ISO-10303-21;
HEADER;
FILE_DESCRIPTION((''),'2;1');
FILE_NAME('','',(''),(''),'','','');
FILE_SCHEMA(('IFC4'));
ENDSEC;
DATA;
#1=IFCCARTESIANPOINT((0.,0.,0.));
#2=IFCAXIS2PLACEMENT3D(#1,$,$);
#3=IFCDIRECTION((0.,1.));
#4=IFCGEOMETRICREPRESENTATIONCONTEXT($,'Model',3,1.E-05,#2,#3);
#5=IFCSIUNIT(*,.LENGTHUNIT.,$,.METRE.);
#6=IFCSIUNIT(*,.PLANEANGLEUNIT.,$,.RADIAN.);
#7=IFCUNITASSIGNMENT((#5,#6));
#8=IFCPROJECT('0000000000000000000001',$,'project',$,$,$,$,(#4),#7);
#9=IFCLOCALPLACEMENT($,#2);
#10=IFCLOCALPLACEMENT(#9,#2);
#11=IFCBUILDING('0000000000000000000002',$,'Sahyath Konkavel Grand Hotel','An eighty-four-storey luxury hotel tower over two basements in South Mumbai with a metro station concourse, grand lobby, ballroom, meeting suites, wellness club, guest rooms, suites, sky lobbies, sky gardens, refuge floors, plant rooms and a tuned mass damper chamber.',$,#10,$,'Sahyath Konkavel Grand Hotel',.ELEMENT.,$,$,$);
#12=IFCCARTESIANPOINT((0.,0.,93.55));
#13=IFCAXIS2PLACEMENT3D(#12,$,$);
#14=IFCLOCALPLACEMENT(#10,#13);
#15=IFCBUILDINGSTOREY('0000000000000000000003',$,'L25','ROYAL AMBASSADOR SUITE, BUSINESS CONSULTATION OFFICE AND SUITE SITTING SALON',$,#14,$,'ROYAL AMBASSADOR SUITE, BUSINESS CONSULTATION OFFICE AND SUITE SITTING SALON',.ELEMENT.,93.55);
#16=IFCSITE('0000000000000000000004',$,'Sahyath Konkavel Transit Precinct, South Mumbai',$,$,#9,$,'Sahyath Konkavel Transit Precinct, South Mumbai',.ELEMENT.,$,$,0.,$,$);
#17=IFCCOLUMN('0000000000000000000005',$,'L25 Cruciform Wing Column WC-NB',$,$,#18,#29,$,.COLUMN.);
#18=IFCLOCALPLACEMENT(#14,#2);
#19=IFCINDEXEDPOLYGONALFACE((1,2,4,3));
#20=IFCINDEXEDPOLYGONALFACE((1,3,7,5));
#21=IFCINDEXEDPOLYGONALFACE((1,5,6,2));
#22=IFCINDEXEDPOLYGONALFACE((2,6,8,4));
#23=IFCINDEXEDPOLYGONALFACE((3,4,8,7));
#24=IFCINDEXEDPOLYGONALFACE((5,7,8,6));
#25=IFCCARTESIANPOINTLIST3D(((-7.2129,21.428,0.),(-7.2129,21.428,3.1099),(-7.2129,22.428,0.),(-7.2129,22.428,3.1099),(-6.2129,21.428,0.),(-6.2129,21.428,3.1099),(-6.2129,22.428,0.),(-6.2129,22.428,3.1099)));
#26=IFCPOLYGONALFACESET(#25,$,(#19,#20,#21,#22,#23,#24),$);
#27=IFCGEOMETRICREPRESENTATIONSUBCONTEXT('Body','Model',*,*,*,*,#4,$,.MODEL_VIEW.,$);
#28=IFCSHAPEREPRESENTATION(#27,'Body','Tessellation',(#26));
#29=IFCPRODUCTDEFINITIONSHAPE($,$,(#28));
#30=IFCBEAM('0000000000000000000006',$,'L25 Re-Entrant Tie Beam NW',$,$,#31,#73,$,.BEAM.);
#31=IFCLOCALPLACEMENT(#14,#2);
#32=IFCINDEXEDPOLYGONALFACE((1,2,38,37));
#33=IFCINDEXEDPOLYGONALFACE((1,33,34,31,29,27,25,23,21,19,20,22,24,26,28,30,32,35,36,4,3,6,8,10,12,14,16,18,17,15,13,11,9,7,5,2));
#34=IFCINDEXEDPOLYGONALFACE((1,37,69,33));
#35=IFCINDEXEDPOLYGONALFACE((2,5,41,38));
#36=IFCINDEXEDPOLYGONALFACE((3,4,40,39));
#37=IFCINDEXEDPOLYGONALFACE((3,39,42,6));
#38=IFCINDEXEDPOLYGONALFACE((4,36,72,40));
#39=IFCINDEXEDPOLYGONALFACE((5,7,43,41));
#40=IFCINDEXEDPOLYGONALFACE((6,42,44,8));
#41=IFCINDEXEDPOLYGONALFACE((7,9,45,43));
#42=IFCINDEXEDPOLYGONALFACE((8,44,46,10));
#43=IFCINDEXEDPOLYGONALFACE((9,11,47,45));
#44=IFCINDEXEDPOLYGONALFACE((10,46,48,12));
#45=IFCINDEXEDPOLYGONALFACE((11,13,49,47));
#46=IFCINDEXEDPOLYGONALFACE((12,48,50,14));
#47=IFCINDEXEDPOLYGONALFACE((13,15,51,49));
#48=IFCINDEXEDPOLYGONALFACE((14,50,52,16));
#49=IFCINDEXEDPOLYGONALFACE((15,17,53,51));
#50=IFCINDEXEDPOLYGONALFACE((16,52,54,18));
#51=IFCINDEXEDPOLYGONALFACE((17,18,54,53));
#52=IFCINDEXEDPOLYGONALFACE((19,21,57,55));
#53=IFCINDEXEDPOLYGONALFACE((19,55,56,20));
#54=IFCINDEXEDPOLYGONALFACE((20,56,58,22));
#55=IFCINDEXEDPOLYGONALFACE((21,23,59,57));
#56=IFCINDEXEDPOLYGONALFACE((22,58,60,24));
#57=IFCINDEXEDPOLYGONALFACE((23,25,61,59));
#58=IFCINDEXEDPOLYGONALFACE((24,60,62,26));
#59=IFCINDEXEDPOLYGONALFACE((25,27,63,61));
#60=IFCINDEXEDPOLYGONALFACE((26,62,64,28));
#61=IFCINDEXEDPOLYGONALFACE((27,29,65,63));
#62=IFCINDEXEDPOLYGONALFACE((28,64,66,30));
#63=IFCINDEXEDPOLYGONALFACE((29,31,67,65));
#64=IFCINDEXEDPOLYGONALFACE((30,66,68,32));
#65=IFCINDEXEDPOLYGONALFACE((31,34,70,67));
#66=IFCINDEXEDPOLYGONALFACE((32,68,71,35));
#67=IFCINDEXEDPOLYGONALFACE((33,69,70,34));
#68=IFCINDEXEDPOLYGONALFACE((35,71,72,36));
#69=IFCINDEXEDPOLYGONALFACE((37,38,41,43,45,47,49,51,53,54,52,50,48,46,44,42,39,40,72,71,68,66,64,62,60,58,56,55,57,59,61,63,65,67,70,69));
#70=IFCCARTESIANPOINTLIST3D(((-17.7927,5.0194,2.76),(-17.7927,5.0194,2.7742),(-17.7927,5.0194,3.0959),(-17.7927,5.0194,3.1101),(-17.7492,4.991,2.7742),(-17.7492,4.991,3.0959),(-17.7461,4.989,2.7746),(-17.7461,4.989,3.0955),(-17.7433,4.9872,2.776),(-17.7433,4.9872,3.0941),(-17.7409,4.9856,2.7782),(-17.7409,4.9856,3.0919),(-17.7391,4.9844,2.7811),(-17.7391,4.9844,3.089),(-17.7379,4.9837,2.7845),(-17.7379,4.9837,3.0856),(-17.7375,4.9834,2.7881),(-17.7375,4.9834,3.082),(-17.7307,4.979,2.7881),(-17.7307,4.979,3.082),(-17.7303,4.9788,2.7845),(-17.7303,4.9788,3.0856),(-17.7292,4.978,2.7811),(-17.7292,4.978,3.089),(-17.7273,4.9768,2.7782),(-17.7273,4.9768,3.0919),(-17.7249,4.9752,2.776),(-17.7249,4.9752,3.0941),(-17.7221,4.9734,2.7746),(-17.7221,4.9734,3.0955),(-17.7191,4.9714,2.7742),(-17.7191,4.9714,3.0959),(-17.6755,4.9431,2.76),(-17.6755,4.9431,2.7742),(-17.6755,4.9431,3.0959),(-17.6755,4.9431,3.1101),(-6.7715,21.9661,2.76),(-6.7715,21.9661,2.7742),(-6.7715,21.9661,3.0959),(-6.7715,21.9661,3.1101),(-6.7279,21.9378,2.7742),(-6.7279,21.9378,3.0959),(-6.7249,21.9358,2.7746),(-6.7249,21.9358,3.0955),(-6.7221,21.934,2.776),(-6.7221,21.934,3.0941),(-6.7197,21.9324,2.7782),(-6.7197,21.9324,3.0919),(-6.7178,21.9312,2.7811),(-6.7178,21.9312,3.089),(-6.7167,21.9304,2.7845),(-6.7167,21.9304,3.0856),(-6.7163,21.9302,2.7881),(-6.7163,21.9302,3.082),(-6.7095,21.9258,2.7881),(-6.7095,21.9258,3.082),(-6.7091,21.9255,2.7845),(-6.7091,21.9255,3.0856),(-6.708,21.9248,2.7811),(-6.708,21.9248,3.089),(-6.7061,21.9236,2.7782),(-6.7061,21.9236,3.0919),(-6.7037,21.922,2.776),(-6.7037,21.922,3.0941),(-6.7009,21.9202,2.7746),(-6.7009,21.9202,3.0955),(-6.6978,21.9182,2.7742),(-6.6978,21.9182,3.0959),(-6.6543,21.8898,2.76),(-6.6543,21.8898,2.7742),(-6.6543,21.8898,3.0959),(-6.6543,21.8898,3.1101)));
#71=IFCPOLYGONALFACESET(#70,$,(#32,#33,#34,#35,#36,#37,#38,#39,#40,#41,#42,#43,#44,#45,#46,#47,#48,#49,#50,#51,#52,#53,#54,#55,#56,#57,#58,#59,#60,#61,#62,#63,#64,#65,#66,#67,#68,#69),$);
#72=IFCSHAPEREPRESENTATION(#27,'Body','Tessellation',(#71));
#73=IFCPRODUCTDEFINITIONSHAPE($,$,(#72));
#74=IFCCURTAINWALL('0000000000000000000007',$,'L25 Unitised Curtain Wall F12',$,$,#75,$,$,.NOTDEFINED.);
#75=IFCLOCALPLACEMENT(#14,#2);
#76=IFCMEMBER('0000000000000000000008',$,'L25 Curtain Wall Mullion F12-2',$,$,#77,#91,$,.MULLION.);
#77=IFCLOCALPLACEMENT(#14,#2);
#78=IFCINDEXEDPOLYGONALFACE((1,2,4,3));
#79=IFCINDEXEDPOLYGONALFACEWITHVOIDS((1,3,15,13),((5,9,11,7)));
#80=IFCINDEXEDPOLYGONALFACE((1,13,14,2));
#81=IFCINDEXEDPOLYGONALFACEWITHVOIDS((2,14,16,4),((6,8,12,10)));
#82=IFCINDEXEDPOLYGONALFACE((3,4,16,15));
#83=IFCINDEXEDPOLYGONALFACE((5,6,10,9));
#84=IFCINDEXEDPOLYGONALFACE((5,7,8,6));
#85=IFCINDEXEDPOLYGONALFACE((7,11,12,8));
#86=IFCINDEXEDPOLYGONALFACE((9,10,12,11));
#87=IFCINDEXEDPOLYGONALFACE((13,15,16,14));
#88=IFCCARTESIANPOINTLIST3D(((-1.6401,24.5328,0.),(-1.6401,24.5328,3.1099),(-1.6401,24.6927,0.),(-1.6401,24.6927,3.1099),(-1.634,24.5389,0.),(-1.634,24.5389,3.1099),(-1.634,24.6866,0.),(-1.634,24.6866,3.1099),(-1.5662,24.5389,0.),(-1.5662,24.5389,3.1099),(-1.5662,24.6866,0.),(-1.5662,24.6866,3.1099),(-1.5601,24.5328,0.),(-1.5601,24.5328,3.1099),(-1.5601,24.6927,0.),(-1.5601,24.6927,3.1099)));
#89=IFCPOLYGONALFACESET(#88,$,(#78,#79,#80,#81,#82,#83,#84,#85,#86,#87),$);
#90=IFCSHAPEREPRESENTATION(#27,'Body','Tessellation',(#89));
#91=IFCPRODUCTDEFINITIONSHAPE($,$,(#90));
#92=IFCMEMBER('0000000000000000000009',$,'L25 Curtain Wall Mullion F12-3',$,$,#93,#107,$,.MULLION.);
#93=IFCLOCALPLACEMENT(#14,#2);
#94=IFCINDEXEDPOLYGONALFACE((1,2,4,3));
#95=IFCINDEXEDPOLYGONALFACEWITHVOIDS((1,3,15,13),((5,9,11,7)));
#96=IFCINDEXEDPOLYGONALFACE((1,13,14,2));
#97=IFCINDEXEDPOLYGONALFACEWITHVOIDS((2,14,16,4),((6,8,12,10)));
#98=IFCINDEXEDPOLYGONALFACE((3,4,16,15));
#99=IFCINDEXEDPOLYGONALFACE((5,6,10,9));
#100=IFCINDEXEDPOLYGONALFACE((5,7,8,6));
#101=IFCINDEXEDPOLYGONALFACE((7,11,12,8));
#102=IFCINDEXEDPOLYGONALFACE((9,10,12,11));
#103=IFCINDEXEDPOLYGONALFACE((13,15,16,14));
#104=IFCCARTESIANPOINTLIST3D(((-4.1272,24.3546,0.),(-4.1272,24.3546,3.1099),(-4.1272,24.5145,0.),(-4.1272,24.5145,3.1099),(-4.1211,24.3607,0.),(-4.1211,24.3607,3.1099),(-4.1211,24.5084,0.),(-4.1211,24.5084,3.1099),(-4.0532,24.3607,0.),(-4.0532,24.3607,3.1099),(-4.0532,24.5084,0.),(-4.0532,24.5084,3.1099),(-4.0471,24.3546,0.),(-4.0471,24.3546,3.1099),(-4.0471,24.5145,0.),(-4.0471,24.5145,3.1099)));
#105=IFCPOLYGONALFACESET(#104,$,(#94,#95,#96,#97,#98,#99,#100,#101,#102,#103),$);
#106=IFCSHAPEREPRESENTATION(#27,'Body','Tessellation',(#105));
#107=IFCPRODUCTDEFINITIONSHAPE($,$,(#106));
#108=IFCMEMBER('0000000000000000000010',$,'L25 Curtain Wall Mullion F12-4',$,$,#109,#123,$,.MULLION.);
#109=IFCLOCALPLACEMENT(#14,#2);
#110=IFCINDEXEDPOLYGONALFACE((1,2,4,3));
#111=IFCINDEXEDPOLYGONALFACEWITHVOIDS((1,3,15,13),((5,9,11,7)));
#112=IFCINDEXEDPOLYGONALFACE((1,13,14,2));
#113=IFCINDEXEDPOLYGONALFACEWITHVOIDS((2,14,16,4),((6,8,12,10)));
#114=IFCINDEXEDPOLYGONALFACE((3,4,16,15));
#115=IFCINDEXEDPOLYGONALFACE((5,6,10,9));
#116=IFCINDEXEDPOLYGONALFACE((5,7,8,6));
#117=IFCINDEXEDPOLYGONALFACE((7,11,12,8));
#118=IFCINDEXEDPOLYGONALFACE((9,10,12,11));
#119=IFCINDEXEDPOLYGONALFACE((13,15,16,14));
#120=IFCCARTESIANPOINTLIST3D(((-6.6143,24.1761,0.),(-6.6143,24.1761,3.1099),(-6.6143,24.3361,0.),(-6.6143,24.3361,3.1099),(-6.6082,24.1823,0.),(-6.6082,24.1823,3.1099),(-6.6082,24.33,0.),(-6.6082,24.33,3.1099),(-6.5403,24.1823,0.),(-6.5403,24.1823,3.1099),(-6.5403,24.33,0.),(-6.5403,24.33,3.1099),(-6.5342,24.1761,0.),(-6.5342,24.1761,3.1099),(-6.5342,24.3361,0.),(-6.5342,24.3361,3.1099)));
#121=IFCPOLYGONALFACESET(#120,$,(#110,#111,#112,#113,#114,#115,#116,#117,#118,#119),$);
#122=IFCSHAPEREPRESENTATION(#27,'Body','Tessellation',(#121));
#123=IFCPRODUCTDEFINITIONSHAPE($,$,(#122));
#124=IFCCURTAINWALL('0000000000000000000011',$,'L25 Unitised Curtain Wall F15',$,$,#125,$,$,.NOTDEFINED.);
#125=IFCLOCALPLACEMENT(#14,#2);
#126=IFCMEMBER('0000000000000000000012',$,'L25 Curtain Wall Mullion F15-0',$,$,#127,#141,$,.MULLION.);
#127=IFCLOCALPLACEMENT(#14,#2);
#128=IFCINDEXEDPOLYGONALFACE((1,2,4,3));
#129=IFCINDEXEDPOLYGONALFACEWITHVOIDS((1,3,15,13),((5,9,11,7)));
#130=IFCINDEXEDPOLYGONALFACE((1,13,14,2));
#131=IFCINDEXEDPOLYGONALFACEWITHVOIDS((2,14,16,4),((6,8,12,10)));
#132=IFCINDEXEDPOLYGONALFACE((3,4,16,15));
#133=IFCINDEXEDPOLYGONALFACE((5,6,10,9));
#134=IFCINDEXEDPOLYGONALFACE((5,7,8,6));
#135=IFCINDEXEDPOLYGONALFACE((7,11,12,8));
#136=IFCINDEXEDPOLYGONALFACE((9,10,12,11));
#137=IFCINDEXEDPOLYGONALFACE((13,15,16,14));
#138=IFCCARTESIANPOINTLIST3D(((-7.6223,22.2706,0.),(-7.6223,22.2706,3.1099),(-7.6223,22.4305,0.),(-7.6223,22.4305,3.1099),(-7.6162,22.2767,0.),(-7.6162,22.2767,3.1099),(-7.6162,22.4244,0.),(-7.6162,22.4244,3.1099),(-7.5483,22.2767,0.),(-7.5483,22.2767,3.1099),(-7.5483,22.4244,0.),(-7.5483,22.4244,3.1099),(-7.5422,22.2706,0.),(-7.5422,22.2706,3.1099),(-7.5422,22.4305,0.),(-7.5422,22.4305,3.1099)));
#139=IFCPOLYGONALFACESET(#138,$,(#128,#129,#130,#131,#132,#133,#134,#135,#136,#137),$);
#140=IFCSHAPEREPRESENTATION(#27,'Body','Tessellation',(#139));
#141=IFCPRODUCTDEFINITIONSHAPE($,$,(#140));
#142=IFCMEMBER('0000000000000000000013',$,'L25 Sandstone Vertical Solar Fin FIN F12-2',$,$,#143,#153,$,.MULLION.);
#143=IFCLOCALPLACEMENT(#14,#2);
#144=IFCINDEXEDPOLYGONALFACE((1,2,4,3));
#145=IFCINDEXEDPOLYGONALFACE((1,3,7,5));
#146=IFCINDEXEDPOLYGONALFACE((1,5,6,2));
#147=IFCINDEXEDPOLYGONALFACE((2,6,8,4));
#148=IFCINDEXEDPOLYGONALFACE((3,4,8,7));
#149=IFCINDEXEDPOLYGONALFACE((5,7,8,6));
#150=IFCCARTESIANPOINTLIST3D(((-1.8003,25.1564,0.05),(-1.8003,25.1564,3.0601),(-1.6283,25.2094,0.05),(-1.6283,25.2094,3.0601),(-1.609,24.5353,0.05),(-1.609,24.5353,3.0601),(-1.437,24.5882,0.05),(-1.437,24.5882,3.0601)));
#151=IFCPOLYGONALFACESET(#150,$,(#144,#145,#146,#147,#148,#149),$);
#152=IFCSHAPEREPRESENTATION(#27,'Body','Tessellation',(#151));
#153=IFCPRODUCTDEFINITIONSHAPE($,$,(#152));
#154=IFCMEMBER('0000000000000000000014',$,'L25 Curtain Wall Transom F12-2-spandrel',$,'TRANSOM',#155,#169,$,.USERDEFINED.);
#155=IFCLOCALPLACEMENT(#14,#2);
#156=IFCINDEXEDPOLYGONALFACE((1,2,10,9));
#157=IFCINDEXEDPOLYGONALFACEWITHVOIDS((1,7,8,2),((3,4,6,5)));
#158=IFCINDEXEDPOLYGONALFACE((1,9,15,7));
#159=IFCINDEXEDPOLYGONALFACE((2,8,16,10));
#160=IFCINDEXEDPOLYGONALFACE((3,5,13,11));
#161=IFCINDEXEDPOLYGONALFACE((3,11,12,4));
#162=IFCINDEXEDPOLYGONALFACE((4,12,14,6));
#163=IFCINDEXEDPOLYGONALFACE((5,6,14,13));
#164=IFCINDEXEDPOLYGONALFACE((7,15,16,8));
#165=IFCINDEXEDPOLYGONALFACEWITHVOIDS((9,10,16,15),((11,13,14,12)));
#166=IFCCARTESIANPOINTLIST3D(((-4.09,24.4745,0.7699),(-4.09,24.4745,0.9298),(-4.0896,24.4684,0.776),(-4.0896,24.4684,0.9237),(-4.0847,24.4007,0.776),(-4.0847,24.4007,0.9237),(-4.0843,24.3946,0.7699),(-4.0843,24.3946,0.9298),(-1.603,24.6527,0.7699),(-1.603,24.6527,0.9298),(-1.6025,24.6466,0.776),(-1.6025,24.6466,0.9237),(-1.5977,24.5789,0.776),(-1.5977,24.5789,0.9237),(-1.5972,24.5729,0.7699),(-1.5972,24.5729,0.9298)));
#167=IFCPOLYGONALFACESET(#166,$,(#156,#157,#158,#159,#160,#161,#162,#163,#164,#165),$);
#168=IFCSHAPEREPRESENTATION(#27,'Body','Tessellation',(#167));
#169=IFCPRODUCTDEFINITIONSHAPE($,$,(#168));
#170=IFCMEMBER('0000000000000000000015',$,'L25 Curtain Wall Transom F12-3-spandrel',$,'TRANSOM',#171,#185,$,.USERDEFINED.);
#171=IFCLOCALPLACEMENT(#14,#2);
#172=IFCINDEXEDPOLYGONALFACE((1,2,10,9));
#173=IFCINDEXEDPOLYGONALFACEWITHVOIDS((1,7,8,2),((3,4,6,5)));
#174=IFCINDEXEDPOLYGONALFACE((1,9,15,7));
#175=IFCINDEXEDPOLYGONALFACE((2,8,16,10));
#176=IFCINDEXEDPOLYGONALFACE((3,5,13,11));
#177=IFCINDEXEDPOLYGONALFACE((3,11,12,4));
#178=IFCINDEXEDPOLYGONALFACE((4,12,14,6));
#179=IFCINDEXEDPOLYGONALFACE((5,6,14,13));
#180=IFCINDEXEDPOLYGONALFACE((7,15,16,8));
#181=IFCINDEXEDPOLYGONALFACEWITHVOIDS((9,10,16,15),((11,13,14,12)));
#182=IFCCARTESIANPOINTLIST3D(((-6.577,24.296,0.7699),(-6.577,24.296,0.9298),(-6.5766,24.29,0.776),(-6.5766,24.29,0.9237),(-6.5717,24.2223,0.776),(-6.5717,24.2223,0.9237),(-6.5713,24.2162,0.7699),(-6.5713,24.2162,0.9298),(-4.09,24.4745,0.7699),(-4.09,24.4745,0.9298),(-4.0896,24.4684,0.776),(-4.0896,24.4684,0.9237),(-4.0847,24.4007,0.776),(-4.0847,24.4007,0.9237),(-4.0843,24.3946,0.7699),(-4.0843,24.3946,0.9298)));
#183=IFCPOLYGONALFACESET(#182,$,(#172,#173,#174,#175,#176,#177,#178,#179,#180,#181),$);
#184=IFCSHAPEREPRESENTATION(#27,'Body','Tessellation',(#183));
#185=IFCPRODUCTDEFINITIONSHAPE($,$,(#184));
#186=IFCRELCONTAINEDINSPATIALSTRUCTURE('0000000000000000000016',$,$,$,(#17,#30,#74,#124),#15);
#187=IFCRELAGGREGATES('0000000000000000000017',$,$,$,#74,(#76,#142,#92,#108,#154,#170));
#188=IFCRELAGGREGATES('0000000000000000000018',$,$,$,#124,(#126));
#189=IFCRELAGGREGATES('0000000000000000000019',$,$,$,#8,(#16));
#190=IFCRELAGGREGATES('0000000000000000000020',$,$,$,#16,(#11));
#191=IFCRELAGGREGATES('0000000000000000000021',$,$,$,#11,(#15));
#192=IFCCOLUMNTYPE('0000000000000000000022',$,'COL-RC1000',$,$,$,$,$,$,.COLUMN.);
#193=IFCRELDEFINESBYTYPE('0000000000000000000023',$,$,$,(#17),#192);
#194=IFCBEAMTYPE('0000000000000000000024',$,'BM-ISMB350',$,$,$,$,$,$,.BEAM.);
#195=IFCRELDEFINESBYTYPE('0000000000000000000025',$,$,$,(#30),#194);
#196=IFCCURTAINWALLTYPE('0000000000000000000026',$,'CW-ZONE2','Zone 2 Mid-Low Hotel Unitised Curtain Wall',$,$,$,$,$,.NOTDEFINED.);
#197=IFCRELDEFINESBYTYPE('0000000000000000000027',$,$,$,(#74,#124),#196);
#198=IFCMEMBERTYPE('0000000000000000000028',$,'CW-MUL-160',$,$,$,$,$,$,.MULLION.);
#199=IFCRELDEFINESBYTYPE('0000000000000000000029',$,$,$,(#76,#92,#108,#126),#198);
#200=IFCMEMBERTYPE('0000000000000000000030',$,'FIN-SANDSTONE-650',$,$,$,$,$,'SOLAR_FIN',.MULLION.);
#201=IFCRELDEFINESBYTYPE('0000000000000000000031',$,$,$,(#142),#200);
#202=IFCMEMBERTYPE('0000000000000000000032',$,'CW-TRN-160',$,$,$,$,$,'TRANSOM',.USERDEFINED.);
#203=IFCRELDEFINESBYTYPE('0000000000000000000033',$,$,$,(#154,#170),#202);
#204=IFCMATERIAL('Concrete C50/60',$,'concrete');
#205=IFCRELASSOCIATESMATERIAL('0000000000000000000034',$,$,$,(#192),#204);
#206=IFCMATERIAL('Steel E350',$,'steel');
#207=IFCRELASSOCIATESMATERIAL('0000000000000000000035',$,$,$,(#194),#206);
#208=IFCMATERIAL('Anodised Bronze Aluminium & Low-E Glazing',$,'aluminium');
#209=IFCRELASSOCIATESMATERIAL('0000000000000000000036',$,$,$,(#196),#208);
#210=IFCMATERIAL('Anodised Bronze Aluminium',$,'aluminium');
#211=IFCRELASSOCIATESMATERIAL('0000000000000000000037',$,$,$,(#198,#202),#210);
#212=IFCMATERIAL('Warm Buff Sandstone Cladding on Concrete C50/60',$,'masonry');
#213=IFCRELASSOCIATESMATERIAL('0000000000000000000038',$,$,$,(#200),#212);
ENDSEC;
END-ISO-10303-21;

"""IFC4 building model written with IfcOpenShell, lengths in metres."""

from ifc_helpers import new_model, si_unit, direction, frame, origin, origin_2d, place, context, subcontext, project, spatial, rectangle, hollow_rectangle, i_section, extrude, source, transform, mapped, material, material_profile, profile_set, type_object, element, aggregate, save


model = new_model("IFC4")

# Units and contexts
model_context = context("Model", 3, precision=1e-05, world=origin(), true_north=direction((0.0, 1.0)))
body_context = subcontext(model_context, "Body", "Model", "MODEL_VIEW")
ifc_project = project(units=[si_unit("LENGTHUNIT", "METRE"), si_unit("PLANEANGLEUNIT", "RADIAN")], contexts=[model_context])

# Site, building, storey
site_placement = place(None, origin())
site = spatial("IfcSite", under=ifc_project, at=site_placement, Name="Sahyath Konkavel Transit Precinct, South Mumbai", LongName="Sahyath Konkavel Transit Precinct, South Mumbai", CompositionType="ELEMENT", RefElevation=0.0)
building_placement = place(site_placement, origin())
building = spatial("IfcBuilding", under=site, at=building_placement, Name="Sahyath Konkavel Grand Hotel", Description="An eighty-four-storey luxury hotel tower over two basements in South Mumbai with a metro station concourse, grand lobby, ballroom, meeting suites, wellness club, guest rooms, suites, sky lobbies, sky gardens, refuge floors, plant rooms and a tuned mass damper chamber.", LongName="Sahyath Konkavel Grand Hotel", CompositionType="ELEMENT")
storey_placement = place(building_placement, frame((0.0, 0.0, 93.55)))
storey = spatial("IfcBuildingStorey", under=building, at=storey_placement, Name="L25", Description="ROYAL AMBASSADOR SUITE, BUSINESS CONSULTATION OFFICE AND SUITE SITTING SALON", LongName="ROYAL AMBASSADOR SUITE, BUSINESS CONSULTATION OFFICE AND SUITE SITTING SALON", CompositionType="ELEMENT", Elevation=93.55)

# Column
ifc_material_1 = material(Name="Concrete C50/60", Category="concrete")
ifc_material_profile_1 = material_profile(ifc_material_1, rectangle(XDim=1.0, YDim=1.0, at=origin_2d()), Name="RC 1000x1000")
ifc_profile_set_1 = profile_set([ifc_material_profile_1], Name="Concrete C50/60")
column_type = type_object("IfcColumnType", Name="COL-RC1000", PredefinedType="COLUMN", material=ifc_profile_set_1)
shared_shape_1 = source(origin(), body_context, "Body", "SweptSolid", [
    extrude(rectangle(XDim=1.0, YDim=1.0, at=origin_2d()), origin(), (0.0, 0.0, 1.0), 3.1099),
])
column_placement = place(storey_placement, frame((-6.7129, 21.928, 0.0), z_axis=(0.0, 0.0, 1.0), x_axis=(1.0, 0.0, 0.0)))
element("IfcColumn", 1, at=column_placement, inside=storey, type_object=column_type, Name="L25 Cruciform Wing Column WC-NB", PredefinedType="COLUMN", context=body_context, shape_type="MappedRepresentation", body=[
    mapped(shared_shape_1, transform((0.0, 0.0, 0.0), scale=1.0)),
])

# Beam
ifc_material_2 = material(Name="Steel E350", Category="steel")
ifc_material_profile_2 = material_profile(ifc_material_2, i_section(OverallWidth=0.1399, OverallDepth=0.3501, WebThickness=0.0081, FlangeThickness=0.0142, FilletRadius=0.0139, at=origin_2d()), Name="ISMB 350")
ifc_profile_set_2 = profile_set([ifc_material_profile_2], Name="Steel E350")
beam_type = type_object("IfcBeamType", Name="BM-ISMB350", PredefinedType="BEAM", material=ifc_profile_set_2)
shared_shape_2 = source(origin(), body_context, "Body", "SweptSolid", [
    extrude(i_section(OverallWidth=0.1399, OverallDepth=0.3501, WebThickness=0.0081, FlangeThickness=0.0142, FilletRadius=0.0139, at=origin_2d()), origin(), (0.0, 0.0, 1.0), 20.2153),
])
beam_placement = place(storey_placement, frame((-6.7129, 21.928, 2.9351), z_axis=(-0.545191, -0.838312, 0.0), x_axis=(0.838312, -0.545191, 0.0)))
element("IfcBeam", 2, at=beam_placement, inside=storey, type_object=beam_type, Name="L25 Re-Entrant Tie Beam NW", PredefinedType="BEAM", context=body_context, shape_type="MappedRepresentation", body=[
    mapped(shared_shape_2, transform((0.0, 0.0, 0.0), scale=1.0)),
])

# Curtain wall, members
ifc_material_3 = material(Name="Anodised Bronze Aluminium & Low-E Glazing", Category="aluminium")
curtain_wall_type = type_object("IfcCurtainWallType", Name="CW-ZONE2", Description="Zone 2 Mid-Low Hotel Unitised Curtain Wall", PredefinedType="NOTDEFINED", material=ifc_material_3)
curtain_wall_1_placement = place(storey_placement, origin())
curtain_wall_1 = element("IfcCurtainWall", 3, at=curtain_wall_1_placement, inside=storey, type_object=curtain_wall_type, Name="L25 Unitised Curtain Wall F12", PredefinedType="NOTDEFINED")
ifc_material_4 = material(Name="Anodised Bronze Aluminium", Category="aluminium")
ifc_material_profile_3 = material_profile(ifc_material_4, hollow_rectangle(XDim=0.0801, YDim=0.1599, WallThickness=0.0061, at=origin_2d()), Name="RHS 160x80x6")
ifc_profile_set_3 = profile_set([ifc_material_profile_3], Name="Anodised Bronze Aluminium")
member_type_1 = type_object("IfcMemberType", Name="CW-MUL-160", PredefinedType="MULLION", material=ifc_profile_set_3)
shared_shape_3 = source(origin(), body_context, "Body", "SweptSolid", [
    extrude(hollow_rectangle(XDim=0.0801, YDim=0.1599, WallThickness=0.0061, at=origin_2d()), origin(), (0.0, 0.0, 1.0), 3.1099),
])
member_1_placement = place(storey_placement, frame((-1.6001, 24.6128, 0.0), z_axis=(0.0, 0.0, 1.0), x_axis=(1.0, 0.0, 0.0)))
member_1 = element("IfcMember", 4, at=member_1_placement, type_object=member_type_1, Name="L25 Curtain Wall Mullion F12-2", PredefinedType="MULLION", context=body_context, shape_type="MappedRepresentation", body=[
    mapped(shared_shape_3, transform((0.0, 0.0, 0.0), scale=1.0)),
])
member_2_placement = place(storey_placement, frame((-4.0872, 24.4346, 0.0), z_axis=(0.0, 0.0, 1.0), x_axis=(1.0, 0.0, 0.0)))
member_2 = element("IfcMember", 5, at=member_2_placement, type_object=member_type_1, Name="L25 Curtain Wall Mullion F12-3", PredefinedType="MULLION", context=body_context, shape_type="MappedRepresentation", body=[
    mapped(shared_shape_3, transform((0.0, 0.0, 0.0), scale=1.0)),
])
member_3_placement = place(storey_placement, frame((-6.5742, 24.2561, 0.0), z_axis=(0.0, 0.0, 1.0), x_axis=(1.0, 0.0, 0.0)))
member_3 = element("IfcMember", 6, at=member_3_placement, type_object=member_type_1, Name="L25 Curtain Wall Mullion F12-4", PredefinedType="MULLION", context=body_context, shape_type="MappedRepresentation", body=[
    mapped(shared_shape_3, transform((0.0, 0.0, 0.0), scale=1.0)),
])

# Curtain wall, member
curtain_wall_2_placement = place(storey_placement, origin())
curtain_wall_2 = element("IfcCurtainWall", 7, at=curtain_wall_2_placement, inside=storey, type_object=curtain_wall_type, Name="L25 Unitised Curtain Wall F15", PredefinedType="NOTDEFINED")
member_4_placement = place(storey_placement, frame((-7.5823, 22.3506, 0.0), z_axis=(0.0, 0.0, 1.0), x_axis=(1.0, 0.0, 0.0)))
member_4 = element("IfcMember", 8, at=member_4_placement, type_object=member_type_1, Name="L25 Curtain Wall Mullion F15-0", PredefinedType="MULLION", context=body_context, shape_type="MappedRepresentation", body=[
    mapped(shared_shape_3, transform((0.0, 0.0, 0.0), scale=1.0)),
])

# Members
ifc_material_5 = material(Name="Warm Buff Sandstone Cladding on Concrete C50/60", Category="masonry")
ifc_material_profile_4 = material_profile(ifc_material_5, rectangle(XDim=0.1799, YDim=0.6499, at=origin_2d()), Name="FIN 180x650")
ifc_profile_set_4 = profile_set([ifc_material_profile_4], Name="Warm Buff Sandstone Cladding on Concrete C50/60")
member_type_2 = type_object("IfcMemberType", Name="FIN-SANDSTONE-650", ElementType="SOLAR_FIN", PredefinedType="MULLION", material=ifc_profile_set_4)
shared_shape_4 = source(origin(), body_context, "Body", "SweptSolid", [
    extrude(rectangle(XDim=0.1799, YDim=0.6499, at=origin_2d()), origin(), (0.0, 0.0, 1.0), 3.01),
])
member_5_placement = place(storey_placement, frame((-1.6187, 24.8723, 0.05), z_axis=(0.0, 0.0, 1.0), x_axis=(0.95569, 0.294374, 0.0)))
member_5 = element("IfcMember", 9, at=member_5_placement, type_object=member_type_2, Name="L25 Sandstone Vertical Solar Fin FIN F12-2", PredefinedType="MULLION", context=body_context, shape_type="MappedRepresentation", body=[
    mapped(shared_shape_4, transform((0.0, 0.0, 0.0), scale=1.0)),
])
ifc_material_profile_5 = material_profile(ifc_material_4, hollow_rectangle(XDim=0.0801, YDim=0.1599, WallThickness=0.0061, at=origin_2d()), Name="RHS 160x80x6")
ifc_profile_set_5 = profile_set([ifc_material_profile_5], Name="Anodised Bronze Aluminium")
member_type_3 = type_object("IfcMemberType", Name="CW-TRN-160", ElementType="TRANSOM", PredefinedType="USERDEFINED", material=ifc_profile_set_5)
shared_shape_5 = source(origin(), body_context, "Body", "SweptSolid", [
    extrude(hollow_rectangle(XDim=0.0801, YDim=0.1599, WallThickness=0.0061, at=origin_2d()), origin(), (0.0, 0.0, 1.0), 2.4934),
])
member_6_placement = place(storey_placement, frame((-1.6001, 24.6128, 0.8499), z_axis=(-0.997442, -0.071477, 0.0), x_axis=(0.071477, -0.997442, 0.0)))
member_6 = element("IfcMember", 10, at=member_6_placement, type_object=member_type_3, Name="L25 Curtain Wall Transom F12-2-spandrel", ObjectType="TRANSOM", PredefinedType="USERDEFINED", context=body_context, shape_type="MappedRepresentation", body=[
    mapped(shared_shape_5, transform((0.0, 0.0, 0.0), scale=1.0)),
])
member_7_placement = place(storey_placement, frame((-4.0872, 24.4346, 0.8499), z_axis=(-0.997435, -0.071574, 0.0), x_axis=(0.071574, -0.997435, 0.0)))
member_7 = element("IfcMember", 11, at=member_7_placement, type_object=member_type_3, Name="L25 Curtain Wall Transom F12-3-spandrel", ObjectType="TRANSOM", PredefinedType="USERDEFINED", context=body_context, shape_type="MappedRepresentation", body=[
    mapped(shared_shape_5, transform((0.0, 0.0, 0.0), scale=1.0)),
])

aggregate(curtain_wall_1, [member_1, member_5, member_2, member_3, member_6, member_7])
aggregate(curtain_wall_2, [member_4])

save(model, "model.ifc")
